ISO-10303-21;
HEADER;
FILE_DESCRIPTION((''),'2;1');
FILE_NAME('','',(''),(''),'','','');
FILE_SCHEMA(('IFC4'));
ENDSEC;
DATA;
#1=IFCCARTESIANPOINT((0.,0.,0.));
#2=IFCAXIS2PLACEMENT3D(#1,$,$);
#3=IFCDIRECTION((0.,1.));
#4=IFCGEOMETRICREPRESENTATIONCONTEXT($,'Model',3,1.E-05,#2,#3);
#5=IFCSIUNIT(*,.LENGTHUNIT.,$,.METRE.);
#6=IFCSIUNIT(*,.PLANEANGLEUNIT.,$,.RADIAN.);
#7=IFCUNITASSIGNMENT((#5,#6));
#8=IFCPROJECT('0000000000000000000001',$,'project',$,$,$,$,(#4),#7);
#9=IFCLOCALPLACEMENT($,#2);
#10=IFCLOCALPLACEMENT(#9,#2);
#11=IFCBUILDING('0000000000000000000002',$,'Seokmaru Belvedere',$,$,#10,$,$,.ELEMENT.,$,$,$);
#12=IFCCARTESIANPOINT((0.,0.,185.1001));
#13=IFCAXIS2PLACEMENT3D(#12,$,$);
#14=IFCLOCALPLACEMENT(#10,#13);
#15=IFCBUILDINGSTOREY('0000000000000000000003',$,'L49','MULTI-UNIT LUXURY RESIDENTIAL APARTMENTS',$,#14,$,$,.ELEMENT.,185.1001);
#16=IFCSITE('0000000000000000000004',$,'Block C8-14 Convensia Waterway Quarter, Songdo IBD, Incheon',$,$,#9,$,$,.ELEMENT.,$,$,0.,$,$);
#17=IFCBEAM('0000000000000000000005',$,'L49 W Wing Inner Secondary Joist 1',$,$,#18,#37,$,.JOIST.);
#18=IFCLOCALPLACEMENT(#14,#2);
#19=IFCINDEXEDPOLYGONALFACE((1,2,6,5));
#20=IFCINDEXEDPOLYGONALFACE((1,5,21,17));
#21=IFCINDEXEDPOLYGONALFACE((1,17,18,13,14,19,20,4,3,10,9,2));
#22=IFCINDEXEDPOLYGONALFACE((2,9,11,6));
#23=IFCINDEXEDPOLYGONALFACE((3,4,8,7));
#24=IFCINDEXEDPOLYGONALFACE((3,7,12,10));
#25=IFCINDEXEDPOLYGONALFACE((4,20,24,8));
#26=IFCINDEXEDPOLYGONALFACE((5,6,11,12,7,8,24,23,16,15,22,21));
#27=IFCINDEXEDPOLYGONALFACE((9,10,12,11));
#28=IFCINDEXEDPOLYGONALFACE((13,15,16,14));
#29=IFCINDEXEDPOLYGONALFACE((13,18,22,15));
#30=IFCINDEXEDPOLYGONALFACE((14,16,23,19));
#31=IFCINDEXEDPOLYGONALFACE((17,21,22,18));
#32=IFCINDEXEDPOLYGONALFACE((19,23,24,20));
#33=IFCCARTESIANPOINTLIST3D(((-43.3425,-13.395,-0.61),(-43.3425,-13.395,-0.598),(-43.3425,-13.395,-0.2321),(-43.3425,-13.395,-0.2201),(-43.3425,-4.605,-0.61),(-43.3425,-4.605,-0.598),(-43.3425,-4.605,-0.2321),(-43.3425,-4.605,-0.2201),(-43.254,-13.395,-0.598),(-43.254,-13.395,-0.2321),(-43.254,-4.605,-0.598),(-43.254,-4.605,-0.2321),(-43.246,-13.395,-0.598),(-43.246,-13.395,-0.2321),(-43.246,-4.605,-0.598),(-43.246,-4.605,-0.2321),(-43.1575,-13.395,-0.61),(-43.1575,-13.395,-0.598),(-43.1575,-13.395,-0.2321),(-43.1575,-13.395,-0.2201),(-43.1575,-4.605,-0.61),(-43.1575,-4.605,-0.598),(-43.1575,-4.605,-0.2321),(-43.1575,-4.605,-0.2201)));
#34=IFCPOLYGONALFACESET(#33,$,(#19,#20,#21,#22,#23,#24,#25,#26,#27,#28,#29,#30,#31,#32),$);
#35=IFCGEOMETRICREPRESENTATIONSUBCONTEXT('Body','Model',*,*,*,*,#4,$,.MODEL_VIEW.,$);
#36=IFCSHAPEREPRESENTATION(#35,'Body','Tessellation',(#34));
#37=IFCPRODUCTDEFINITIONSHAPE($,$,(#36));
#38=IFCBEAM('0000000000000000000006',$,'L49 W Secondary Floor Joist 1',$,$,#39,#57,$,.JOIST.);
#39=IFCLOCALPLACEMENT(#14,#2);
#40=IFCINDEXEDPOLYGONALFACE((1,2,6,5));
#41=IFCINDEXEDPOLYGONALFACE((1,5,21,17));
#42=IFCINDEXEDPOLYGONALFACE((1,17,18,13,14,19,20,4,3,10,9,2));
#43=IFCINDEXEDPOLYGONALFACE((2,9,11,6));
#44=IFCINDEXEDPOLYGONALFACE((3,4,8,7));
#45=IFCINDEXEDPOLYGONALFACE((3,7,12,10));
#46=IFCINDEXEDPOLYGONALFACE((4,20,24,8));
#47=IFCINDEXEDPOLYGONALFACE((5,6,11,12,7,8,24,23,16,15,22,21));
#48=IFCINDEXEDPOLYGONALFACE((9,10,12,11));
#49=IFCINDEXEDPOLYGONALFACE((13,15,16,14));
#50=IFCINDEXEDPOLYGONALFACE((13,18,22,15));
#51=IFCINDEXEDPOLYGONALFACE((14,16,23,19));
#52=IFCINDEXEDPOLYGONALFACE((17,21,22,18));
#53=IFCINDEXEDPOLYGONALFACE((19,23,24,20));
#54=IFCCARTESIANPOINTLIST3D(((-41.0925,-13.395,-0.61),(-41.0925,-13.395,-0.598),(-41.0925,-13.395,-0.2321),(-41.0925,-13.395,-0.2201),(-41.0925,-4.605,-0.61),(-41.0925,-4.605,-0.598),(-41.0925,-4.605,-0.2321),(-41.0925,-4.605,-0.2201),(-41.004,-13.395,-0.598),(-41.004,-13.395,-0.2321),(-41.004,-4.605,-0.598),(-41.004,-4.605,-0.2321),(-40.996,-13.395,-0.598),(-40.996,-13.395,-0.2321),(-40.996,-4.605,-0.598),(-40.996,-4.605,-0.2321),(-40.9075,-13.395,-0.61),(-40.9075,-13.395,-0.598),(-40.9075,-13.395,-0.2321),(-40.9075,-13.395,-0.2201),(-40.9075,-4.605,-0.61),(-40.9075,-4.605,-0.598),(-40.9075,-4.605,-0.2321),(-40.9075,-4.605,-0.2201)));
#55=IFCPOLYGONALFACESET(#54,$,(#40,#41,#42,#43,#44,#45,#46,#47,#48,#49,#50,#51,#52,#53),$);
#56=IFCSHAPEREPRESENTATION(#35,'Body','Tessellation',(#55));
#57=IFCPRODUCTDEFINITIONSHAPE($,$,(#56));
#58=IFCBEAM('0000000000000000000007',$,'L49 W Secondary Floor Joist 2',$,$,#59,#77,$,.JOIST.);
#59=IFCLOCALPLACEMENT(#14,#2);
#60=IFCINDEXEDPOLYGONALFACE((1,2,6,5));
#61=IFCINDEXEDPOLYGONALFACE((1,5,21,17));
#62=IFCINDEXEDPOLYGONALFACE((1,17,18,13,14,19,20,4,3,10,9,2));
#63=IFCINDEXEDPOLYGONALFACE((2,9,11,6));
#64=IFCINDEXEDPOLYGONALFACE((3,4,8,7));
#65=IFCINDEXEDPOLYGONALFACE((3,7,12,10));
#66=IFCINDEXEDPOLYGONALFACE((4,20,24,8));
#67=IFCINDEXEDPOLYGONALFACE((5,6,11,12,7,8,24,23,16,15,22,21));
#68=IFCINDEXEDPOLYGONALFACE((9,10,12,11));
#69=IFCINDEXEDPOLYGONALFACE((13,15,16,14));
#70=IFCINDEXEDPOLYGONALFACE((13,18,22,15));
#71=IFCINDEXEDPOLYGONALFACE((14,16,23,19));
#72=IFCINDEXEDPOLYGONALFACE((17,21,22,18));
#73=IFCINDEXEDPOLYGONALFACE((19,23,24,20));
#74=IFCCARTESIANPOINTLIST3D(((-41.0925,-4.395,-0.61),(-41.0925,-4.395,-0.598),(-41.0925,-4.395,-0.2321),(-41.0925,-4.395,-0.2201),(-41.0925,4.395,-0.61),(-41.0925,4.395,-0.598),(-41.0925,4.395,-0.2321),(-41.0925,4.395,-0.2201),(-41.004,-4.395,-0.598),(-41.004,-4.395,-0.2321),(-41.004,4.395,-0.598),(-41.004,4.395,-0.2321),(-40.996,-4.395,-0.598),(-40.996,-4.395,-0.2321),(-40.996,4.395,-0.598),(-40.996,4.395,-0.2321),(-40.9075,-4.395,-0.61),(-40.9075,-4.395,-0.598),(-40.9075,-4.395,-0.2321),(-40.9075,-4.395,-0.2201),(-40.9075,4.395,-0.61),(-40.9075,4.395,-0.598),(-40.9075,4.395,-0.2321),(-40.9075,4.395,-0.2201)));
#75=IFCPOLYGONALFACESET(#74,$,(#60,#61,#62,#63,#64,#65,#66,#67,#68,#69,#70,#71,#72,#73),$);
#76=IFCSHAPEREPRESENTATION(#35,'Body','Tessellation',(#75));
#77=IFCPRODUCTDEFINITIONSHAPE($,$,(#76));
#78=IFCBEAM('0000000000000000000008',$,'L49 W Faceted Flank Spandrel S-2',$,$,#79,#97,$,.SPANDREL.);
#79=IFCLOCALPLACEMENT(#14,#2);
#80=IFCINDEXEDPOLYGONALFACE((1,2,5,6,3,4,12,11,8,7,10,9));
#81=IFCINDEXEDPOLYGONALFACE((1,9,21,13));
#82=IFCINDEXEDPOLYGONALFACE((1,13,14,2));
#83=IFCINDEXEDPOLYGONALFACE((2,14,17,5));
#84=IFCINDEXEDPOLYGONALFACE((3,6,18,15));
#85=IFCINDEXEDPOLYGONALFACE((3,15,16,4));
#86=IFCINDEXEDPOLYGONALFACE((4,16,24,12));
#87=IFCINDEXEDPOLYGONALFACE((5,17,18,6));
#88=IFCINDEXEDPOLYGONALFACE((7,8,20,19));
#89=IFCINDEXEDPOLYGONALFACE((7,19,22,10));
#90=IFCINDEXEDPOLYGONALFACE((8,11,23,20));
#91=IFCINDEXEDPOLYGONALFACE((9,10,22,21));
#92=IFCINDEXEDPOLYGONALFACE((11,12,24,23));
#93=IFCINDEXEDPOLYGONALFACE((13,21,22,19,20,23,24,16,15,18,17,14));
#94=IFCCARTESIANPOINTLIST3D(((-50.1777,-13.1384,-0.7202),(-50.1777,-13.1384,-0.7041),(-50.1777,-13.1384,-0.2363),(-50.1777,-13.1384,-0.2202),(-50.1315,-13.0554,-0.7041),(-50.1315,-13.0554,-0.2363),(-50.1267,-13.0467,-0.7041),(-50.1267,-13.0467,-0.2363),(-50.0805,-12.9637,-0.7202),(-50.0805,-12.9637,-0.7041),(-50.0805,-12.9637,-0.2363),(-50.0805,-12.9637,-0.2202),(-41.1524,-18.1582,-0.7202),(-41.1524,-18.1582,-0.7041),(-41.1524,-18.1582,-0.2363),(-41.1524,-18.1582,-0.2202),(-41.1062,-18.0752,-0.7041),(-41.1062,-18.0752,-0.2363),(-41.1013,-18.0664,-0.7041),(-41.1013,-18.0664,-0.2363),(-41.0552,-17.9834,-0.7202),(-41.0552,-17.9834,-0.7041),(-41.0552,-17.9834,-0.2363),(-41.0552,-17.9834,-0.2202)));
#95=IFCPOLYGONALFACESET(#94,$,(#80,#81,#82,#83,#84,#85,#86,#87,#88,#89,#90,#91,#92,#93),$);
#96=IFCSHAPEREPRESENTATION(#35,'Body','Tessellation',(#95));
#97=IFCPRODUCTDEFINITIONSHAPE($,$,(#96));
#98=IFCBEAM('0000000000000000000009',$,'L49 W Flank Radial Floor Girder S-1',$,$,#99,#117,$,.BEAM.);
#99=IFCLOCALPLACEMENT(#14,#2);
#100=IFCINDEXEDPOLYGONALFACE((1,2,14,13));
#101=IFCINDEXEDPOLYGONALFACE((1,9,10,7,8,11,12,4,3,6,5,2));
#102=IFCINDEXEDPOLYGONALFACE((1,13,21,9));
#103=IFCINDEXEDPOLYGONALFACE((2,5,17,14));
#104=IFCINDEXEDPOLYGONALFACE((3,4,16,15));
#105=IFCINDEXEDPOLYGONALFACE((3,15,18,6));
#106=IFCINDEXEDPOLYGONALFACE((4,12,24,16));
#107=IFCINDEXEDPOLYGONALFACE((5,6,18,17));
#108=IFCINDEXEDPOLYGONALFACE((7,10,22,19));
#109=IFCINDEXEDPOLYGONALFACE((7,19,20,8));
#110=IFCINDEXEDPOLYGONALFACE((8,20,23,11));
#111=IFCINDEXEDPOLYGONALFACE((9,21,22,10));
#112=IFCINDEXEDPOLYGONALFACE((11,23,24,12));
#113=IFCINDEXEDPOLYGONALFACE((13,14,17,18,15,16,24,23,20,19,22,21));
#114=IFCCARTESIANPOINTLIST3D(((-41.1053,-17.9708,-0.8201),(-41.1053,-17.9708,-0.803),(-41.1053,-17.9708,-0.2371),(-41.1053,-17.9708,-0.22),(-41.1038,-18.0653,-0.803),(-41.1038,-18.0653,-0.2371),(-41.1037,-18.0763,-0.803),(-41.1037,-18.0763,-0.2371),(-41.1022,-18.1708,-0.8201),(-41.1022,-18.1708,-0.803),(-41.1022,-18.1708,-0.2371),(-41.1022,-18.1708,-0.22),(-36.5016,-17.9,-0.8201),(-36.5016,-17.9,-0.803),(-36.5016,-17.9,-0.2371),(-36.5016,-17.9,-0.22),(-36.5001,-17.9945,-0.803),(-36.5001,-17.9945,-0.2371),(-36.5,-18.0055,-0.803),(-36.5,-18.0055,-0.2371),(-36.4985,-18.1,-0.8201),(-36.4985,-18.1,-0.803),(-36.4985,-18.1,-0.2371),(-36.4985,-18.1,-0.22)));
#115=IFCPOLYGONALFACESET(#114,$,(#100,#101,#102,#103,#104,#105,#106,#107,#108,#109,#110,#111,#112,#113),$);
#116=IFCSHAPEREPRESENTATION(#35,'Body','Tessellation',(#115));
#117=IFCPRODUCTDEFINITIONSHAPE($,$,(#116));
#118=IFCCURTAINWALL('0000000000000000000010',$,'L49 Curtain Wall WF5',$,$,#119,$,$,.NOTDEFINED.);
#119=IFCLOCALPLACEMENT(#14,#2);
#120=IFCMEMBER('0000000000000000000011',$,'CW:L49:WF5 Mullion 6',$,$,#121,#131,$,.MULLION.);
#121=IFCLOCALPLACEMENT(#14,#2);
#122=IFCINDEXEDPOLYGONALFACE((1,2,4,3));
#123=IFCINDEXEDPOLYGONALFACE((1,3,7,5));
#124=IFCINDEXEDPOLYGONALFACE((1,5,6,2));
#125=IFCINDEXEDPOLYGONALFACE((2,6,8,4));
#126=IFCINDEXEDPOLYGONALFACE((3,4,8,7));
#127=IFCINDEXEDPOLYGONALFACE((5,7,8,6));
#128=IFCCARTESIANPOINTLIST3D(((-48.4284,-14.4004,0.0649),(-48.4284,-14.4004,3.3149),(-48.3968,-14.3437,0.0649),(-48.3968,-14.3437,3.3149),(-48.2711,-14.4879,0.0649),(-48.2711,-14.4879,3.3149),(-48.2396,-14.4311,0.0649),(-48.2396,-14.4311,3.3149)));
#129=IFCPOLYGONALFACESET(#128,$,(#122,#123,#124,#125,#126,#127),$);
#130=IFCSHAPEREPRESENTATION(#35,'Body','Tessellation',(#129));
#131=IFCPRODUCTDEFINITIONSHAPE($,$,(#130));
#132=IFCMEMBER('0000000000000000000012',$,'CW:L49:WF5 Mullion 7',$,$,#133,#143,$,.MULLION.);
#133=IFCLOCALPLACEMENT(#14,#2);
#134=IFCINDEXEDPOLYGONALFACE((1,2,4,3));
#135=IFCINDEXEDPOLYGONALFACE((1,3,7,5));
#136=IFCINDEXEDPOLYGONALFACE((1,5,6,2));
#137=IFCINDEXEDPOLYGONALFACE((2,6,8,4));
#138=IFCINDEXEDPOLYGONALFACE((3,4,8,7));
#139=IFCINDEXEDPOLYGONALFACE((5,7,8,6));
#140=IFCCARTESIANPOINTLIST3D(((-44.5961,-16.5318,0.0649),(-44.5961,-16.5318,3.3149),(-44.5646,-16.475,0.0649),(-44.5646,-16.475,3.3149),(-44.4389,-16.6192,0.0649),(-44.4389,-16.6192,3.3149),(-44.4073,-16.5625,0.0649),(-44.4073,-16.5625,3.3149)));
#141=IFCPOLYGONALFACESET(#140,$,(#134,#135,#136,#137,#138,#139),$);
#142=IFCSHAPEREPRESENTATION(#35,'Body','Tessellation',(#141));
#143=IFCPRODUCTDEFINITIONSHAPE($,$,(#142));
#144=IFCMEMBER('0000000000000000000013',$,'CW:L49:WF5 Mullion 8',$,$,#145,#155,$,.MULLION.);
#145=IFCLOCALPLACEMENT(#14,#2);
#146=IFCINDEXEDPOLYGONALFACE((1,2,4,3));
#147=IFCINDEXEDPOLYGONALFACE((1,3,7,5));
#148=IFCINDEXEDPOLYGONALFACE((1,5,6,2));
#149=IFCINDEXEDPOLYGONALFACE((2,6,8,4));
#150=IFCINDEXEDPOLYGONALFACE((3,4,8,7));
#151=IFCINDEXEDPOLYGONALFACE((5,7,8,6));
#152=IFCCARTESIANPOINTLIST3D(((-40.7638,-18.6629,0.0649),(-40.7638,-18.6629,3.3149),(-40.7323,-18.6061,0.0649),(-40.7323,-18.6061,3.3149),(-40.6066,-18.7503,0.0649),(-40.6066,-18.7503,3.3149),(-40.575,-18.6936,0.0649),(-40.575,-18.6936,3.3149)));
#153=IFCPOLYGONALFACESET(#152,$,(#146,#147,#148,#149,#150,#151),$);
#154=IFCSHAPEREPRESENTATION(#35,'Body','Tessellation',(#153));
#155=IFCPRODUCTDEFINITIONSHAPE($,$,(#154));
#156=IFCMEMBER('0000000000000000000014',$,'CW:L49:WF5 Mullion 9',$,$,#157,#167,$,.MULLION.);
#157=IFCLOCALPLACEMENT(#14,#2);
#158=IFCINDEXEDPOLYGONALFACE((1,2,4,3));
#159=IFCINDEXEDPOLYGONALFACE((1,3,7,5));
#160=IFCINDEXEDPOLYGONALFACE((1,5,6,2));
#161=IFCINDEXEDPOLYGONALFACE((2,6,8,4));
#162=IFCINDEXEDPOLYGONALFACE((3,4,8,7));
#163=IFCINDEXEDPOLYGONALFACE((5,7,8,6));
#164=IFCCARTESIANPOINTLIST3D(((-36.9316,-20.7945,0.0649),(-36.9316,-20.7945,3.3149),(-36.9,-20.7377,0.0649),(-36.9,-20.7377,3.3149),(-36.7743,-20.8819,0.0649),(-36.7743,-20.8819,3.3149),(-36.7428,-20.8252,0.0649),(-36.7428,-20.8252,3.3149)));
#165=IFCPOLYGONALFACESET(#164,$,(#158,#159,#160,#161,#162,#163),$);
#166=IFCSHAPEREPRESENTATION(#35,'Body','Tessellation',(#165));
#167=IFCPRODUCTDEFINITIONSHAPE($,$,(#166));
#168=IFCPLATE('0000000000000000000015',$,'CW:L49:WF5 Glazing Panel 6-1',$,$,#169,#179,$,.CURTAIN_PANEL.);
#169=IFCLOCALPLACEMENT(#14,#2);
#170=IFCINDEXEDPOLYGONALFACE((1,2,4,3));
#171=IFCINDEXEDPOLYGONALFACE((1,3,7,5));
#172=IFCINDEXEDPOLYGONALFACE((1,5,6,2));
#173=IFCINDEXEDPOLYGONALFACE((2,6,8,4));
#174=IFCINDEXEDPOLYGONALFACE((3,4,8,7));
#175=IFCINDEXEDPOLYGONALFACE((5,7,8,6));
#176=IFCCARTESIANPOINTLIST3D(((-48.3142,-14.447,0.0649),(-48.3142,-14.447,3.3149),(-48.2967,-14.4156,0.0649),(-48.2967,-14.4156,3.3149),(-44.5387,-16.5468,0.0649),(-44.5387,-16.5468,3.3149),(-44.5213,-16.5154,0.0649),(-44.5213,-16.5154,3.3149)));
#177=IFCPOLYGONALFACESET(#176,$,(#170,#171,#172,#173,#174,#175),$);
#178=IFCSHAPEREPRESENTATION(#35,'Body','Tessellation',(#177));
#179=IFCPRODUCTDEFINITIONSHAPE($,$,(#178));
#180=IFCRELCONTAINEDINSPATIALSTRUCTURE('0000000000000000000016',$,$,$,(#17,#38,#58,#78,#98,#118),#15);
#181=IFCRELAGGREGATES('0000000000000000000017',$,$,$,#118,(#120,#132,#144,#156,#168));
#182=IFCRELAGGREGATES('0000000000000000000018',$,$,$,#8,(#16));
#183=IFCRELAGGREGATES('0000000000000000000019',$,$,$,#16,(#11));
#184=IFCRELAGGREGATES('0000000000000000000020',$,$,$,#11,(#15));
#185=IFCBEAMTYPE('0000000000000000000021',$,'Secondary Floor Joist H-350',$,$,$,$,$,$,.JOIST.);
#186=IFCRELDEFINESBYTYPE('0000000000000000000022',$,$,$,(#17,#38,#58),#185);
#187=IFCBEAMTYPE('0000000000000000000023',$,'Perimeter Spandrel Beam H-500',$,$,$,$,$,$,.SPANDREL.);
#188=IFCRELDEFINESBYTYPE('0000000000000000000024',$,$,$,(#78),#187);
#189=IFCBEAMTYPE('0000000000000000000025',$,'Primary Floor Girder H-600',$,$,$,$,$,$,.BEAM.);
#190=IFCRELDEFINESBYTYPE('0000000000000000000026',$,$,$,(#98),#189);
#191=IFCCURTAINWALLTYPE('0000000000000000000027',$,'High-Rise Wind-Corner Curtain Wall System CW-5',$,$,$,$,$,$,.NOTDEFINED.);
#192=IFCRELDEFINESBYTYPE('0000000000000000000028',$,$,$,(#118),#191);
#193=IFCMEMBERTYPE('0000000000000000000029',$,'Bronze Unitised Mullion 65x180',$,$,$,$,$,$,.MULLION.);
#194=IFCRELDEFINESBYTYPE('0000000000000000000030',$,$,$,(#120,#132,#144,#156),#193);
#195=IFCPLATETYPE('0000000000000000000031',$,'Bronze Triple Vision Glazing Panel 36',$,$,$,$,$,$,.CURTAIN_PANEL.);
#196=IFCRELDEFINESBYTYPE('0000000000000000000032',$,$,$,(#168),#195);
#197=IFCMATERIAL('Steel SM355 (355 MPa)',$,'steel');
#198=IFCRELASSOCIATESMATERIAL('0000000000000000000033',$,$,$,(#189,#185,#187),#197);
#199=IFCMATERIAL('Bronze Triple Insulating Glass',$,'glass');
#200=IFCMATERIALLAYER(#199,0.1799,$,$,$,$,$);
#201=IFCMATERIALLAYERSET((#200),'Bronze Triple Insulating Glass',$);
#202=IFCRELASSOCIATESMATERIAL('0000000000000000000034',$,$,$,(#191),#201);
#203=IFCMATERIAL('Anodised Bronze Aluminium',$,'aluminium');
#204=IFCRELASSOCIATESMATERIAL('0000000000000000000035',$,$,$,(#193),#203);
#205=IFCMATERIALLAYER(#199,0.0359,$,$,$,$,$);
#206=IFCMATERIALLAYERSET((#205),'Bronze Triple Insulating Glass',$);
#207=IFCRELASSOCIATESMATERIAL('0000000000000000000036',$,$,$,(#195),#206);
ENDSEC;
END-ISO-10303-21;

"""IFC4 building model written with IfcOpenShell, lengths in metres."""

from ifc_helpers import new_model, si_unit, direction, frame, origin, origin_2d, place, context, subcontext, project, spatial, rectangle, i_section, extrude, source, transform, mapped, material, layer, layer_set, material_profile, profile_set, type_object, type_shapes, element, aggregate, save


model = new_model("IFC4")

# Units and contexts
model_context = context("Model", 3, precision=1e-05, world=origin(), true_north=direction((0.0, 1.0)))
body_context = subcontext(model_context, "Body", "Model", "MODEL_VIEW")
ifc_project = project(units=[si_unit("LENGTHUNIT", "METRE"), si_unit("PLANEANGLEUNIT", "RADIAN")], contexts=[model_context])

# Site, building, storey
site_placement = place(None, origin())
site = spatial("IfcSite", under=ifc_project, at=site_placement, Name="Block C8-14 Convensia Waterway Quarter, Songdo IBD, Incheon", CompositionType="ELEMENT", RefElevation=0.0)
building_placement = place(site_placement, origin())
building = spatial("IfcBuilding", under=site, at=building_placement, Name="Seokmaru Belvedere", CompositionType="ELEMENT")
storey_placement = place(building_placement, frame((0.0, 0.0, 185.1001)))
storey = spatial("IfcBuildingStorey", under=building, at=storey_placement, Name="L49", Description="MULTI-UNIT LUXURY RESIDENTIAL APARTMENTS", CompositionType="ELEMENT", Elevation=185.1001)

# Shared definitions
ifc_material_1 = material(Name="Steel SM355 (355 MPa)", Category="steel")

# Beams
ifc_material_profile_1 = material_profile(ifc_material_1, i_section(OverallWidth=0.2, OverallDepth=0.6001, WebThickness=0.011, FlangeThickness=0.0171, at=origin_2d()), Name="H-600x200x11x17")
ifc_profile_set_1 = profile_set([ifc_material_profile_1], Name="Steel SM355 (355 MPa)")
beam_type_1 = type_object("IfcBeamType", Name="Primary Floor Girder H-600", PredefinedType="BEAM", material=ifc_profile_set_1)
ifc_material_profile_2 = material_profile(ifc_material_1, i_section(OverallWidth=0.1851, OverallDepth=0.3899, WebThickness=0.0081, FlangeThickness=0.012, at=origin_2d()), Name="H-390x185x8x12")
ifc_profile_set_2 = profile_set([ifc_material_profile_2], Name="Steel SM355 (355 MPa)")
beam_type_2 = type_object("IfcBeamType", Name="Secondary Floor Joist H-350", PredefinedType="JOIST", material=ifc_profile_set_2)
shared_shape_1 = source(origin(), body_context, "Body", "SweptSolid", [
    extrude(i_section(OverallWidth=0.1851, OverallDepth=0.3899, WebThickness=0.0081, FlangeThickness=0.012, at=origin_2d()), origin(), (0.0, 0.0, 1.0), 8.79),
])
type_shapes(beam_type_2, [shared_shape_1])
for number, where, z_axis, x_axis, name in (
    (1, (-43.25, -13.395, -0.415), (0.0, 1.0, 0.0), (-1.0, 0.0, 0.0), "L49 W Wing Inner Secondary Joist 1"),
    (2, (-41.0, -13.395, -0.415), (0.0, 1.0, 0.0), (-1.0, 0.0, 0.0), "L49 W Secondary Floor Joist 1"),
    (3, (-41.0, -4.395, -0.415), (0.0, 1.0, 0.0), (-1.0, 0.0, 0.0), "L49 W Secondary Floor Joist 2"),
):
    element("IfcBeam", number, at=place(storey_placement, frame(where, z_axis=z_axis, x_axis=x_axis)), inside=storey, type_object=beam_type_2, Name=name, PredefinedType="JOIST", context=body_context, shape_type="MappedRepresentation", body=[
        mapped(shared_shape_1, transform((0.0, 0.0, 0.0), scale=1.0)),
    ])
ifc_material_profile_3 = material_profile(ifc_material_1, i_section(OverallWidth=0.2, OverallDepth=0.5, WebThickness=0.01, FlangeThickness=0.0161, at=origin_2d()), Name="H-500x200x10x16")
ifc_profile_set_3 = profile_set([ifc_material_profile_3], Name="Steel SM355 (355 MPa)")
beam_type_3 = type_object("IfcBeamType", Name="Perimeter Spandrel Beam H-500", PredefinedType="SPANDREL", material=ifc_profile_set_3)
shared_shape_2 = source(origin(), body_context, "Body", "SweptSolid", [
    extrude(i_section(OverallWidth=0.2, OverallDepth=0.5, WebThickness=0.01, FlangeThickness=0.0161, at=origin_2d()), origin(), (0.0, 0.0, 1.0), 10.3274),
])
type_shapes(beam_type_3, [shared_shape_2])
beam_1_placement = place(storey_placement, frame((-41.1038, -18.0708, -0.4702), z_axis=(-0.873924, 0.486062, 0.0), x_axis=(-0.486062, -0.873924, 0.0)))
element("IfcBeam", 4, at=beam_1_placement, inside=storey, type_object=beam_type_3, Name="L49 W Faceted Flank Spandrel S-2", PredefinedType="SPANDREL", context=body_context, shape_type="MappedRepresentation", body=[
    mapped(shared_shape_2, transform((0.0, 0.0, 0.0), scale=1.0)),
])
shared_shape_3 = source(origin(), body_context, "Body", "SweptSolid", [
    extrude(i_section(OverallWidth=0.2, OverallDepth=0.6001, WebThickness=0.011, FlangeThickness=0.0171, at=origin_2d()), origin(), (0.0, 0.0, 1.0), 4.6042),
])
beam_2_placement = place(storey_placement, frame((-41.1038, -18.0708, -0.52), z_axis=(0.999882, 0.015377, 0.0), x_axis=(-0.015377, 0.999882, 0.0)))
element("IfcBeam", 5, at=beam_2_placement, inside=storey, type_object=beam_type_1, Name="L49 W Flank Radial Floor Girder S-1", PredefinedType="BEAM", context=body_context, shape_type="MappedRepresentation", body=[
    mapped(shared_shape_3, transform((0.0, 0.0, 0.0), scale=1.0)),
])

# Curtain wall, members, plate
ifc_material_2 = material(Name="Bronze Triple Insulating Glass", Category="glass")
ifc_layer_1 = layer(ifc_material_2, 0.1799)
ifc_layer_set_1 = layer_set([ifc_layer_1], Name="Bronze Triple Insulating Glass")
curtain_wall_type = type_object("IfcCurtainWallType", Name="High-Rise Wind-Corner Curtain Wall System CW-5", PredefinedType="NOTDEFINED", material=ifc_layer_set_1)
curtain_wall_placement = place(storey_placement, origin())
curtain_wall = element("IfcCurtainWall", 6, at=curtain_wall_placement, inside=storey, type_object=curtain_wall_type, Name="L49 Curtain Wall WF5", PredefinedType="NOTDEFINED")
ifc_material_3 = material(Name="Anodised Bronze Aluminium", Category="aluminium")
ifc_material_profile_4 = material_profile(ifc_material_3, rectangle(XDim=0.0649, YDim=0.1799, at=origin_2d()), Name="CW-M-65x180")
ifc_profile_set_4 = profile_set([ifc_material_profile_4], Name="Anodised Bronze Aluminium")
member_type = type_object("IfcMemberType", Name="Bronze Unitised Mullion 65x180", PredefinedType="MULLION", material=ifc_profile_set_4)
shared_shape_4 = source(origin(), body_context, "Body", "SweptSolid", [
    extrude(rectangle(XDim=0.0649, YDim=0.1799, at=origin_2d()), origin(), (0.0, 0.0, 1.0), 3.25),
])
type_shapes(member_type, [shared_shape_4])
member_1_placement = place(storey_placement, frame((-48.334, -14.4158, 0.0649), z_axis=(0.0, 0.0, 1.0), x_axis=(0.486047, 0.873933, 0.0)))
member_1 = element("IfcMember", 7, at=member_1_placement, type_object=member_type, Name="CW:L49:WF5 Mullion 6", PredefinedType="MULLION", context=body_context, shape_type="MappedRepresentation", body=[
    mapped(shared_shape_4, transform((0.0, 0.0, 0.0), scale=1.0)),
])
member_2_placement = place(storey_placement, frame((-44.5017, -16.5471, 0.0649), z_axis=(0.0, 0.0, 1.0), x_axis=(0.486047, 0.873933, 0.0)))
member_2 = element("IfcMember", 8, at=member_2_placement, type_object=member_type, Name="CW:L49:WF5 Mullion 7", PredefinedType="MULLION", context=body_context, shape_type="MappedRepresentation", body=[
    mapped(shared_shape_4, transform((0.0, 0.0, 0.0), scale=1.0)),
])
member_3_placement = place(storey_placement, frame((-40.6694, -18.6782, 0.0649), z_axis=(0.0, 0.0, 1.0), x_axis=(0.486047, 0.873933, 0.0)))
member_3 = element("IfcMember", 9, at=member_3_placement, type_object=member_type, Name="CW:L49:WF5 Mullion 8", PredefinedType="MULLION", context=body_context, shape_type="MappedRepresentation", body=[
    mapped(shared_shape_4, transform((0.0, 0.0, 0.0), scale=1.0)),
])
member_4_placement = place(storey_placement, frame((-36.8372, -20.8098, 0.0649), z_axis=(0.0, 0.0, 1.0), x_axis=(0.486047, 0.873933, 0.0)))
member_4 = element("IfcMember", 10, at=member_4_placement, type_object=member_type, Name="CW:L49:WF5 Mullion 9", PredefinedType="MULLION", context=body_context, shape_type="MappedRepresentation", body=[
    mapped(shared_shape_4, transform((0.0, 0.0, 0.0), scale=1.0)),
])
ifc_layer_2 = layer(ifc_material_2, 0.0359)
ifc_layer_set_2 = layer_set([ifc_layer_2], Name="Bronze Triple Insulating Glass")
plate_type = type_object("IfcPlateType", Name="Bronze Triple Vision Glazing Panel 36", PredefinedType="CURTAIN_PANEL", material=ifc_layer_set_2)
shared_shape_5 = source(origin(), body_context, "Body", "SweptSolid", [
    extrude(rectangle(XDim=4.3201, YDim=0.0359, at=origin_2d()), origin(), (0.0, 0.0, 1.0), 3.25),
])
type_shapes(plate_type, [shared_shape_5])
plate_1_placement = place(storey_placement, frame((-46.4177, -15.4812, 0.0649), z_axis=(0.0, 0.0, 1.0), x_axis=(0.873933, -0.486047, 0.0)))
plate_1 = element("IfcPlate", 11, at=plate_1_placement, type_object=plate_type, Name="CW:L49:WF5 Glazing Panel 6-1", PredefinedType="CURTAIN_PANEL", context=body_context, shape_type="MappedRepresentation", body=[
    mapped(shared_shape_5, transform((0.0, 0.0, 0.0), scale=1.0)),
])
aggregate(curtain_wall, [member_1, member_2, member_3, member_4, plate_1])

save(model, "model.ifc")
